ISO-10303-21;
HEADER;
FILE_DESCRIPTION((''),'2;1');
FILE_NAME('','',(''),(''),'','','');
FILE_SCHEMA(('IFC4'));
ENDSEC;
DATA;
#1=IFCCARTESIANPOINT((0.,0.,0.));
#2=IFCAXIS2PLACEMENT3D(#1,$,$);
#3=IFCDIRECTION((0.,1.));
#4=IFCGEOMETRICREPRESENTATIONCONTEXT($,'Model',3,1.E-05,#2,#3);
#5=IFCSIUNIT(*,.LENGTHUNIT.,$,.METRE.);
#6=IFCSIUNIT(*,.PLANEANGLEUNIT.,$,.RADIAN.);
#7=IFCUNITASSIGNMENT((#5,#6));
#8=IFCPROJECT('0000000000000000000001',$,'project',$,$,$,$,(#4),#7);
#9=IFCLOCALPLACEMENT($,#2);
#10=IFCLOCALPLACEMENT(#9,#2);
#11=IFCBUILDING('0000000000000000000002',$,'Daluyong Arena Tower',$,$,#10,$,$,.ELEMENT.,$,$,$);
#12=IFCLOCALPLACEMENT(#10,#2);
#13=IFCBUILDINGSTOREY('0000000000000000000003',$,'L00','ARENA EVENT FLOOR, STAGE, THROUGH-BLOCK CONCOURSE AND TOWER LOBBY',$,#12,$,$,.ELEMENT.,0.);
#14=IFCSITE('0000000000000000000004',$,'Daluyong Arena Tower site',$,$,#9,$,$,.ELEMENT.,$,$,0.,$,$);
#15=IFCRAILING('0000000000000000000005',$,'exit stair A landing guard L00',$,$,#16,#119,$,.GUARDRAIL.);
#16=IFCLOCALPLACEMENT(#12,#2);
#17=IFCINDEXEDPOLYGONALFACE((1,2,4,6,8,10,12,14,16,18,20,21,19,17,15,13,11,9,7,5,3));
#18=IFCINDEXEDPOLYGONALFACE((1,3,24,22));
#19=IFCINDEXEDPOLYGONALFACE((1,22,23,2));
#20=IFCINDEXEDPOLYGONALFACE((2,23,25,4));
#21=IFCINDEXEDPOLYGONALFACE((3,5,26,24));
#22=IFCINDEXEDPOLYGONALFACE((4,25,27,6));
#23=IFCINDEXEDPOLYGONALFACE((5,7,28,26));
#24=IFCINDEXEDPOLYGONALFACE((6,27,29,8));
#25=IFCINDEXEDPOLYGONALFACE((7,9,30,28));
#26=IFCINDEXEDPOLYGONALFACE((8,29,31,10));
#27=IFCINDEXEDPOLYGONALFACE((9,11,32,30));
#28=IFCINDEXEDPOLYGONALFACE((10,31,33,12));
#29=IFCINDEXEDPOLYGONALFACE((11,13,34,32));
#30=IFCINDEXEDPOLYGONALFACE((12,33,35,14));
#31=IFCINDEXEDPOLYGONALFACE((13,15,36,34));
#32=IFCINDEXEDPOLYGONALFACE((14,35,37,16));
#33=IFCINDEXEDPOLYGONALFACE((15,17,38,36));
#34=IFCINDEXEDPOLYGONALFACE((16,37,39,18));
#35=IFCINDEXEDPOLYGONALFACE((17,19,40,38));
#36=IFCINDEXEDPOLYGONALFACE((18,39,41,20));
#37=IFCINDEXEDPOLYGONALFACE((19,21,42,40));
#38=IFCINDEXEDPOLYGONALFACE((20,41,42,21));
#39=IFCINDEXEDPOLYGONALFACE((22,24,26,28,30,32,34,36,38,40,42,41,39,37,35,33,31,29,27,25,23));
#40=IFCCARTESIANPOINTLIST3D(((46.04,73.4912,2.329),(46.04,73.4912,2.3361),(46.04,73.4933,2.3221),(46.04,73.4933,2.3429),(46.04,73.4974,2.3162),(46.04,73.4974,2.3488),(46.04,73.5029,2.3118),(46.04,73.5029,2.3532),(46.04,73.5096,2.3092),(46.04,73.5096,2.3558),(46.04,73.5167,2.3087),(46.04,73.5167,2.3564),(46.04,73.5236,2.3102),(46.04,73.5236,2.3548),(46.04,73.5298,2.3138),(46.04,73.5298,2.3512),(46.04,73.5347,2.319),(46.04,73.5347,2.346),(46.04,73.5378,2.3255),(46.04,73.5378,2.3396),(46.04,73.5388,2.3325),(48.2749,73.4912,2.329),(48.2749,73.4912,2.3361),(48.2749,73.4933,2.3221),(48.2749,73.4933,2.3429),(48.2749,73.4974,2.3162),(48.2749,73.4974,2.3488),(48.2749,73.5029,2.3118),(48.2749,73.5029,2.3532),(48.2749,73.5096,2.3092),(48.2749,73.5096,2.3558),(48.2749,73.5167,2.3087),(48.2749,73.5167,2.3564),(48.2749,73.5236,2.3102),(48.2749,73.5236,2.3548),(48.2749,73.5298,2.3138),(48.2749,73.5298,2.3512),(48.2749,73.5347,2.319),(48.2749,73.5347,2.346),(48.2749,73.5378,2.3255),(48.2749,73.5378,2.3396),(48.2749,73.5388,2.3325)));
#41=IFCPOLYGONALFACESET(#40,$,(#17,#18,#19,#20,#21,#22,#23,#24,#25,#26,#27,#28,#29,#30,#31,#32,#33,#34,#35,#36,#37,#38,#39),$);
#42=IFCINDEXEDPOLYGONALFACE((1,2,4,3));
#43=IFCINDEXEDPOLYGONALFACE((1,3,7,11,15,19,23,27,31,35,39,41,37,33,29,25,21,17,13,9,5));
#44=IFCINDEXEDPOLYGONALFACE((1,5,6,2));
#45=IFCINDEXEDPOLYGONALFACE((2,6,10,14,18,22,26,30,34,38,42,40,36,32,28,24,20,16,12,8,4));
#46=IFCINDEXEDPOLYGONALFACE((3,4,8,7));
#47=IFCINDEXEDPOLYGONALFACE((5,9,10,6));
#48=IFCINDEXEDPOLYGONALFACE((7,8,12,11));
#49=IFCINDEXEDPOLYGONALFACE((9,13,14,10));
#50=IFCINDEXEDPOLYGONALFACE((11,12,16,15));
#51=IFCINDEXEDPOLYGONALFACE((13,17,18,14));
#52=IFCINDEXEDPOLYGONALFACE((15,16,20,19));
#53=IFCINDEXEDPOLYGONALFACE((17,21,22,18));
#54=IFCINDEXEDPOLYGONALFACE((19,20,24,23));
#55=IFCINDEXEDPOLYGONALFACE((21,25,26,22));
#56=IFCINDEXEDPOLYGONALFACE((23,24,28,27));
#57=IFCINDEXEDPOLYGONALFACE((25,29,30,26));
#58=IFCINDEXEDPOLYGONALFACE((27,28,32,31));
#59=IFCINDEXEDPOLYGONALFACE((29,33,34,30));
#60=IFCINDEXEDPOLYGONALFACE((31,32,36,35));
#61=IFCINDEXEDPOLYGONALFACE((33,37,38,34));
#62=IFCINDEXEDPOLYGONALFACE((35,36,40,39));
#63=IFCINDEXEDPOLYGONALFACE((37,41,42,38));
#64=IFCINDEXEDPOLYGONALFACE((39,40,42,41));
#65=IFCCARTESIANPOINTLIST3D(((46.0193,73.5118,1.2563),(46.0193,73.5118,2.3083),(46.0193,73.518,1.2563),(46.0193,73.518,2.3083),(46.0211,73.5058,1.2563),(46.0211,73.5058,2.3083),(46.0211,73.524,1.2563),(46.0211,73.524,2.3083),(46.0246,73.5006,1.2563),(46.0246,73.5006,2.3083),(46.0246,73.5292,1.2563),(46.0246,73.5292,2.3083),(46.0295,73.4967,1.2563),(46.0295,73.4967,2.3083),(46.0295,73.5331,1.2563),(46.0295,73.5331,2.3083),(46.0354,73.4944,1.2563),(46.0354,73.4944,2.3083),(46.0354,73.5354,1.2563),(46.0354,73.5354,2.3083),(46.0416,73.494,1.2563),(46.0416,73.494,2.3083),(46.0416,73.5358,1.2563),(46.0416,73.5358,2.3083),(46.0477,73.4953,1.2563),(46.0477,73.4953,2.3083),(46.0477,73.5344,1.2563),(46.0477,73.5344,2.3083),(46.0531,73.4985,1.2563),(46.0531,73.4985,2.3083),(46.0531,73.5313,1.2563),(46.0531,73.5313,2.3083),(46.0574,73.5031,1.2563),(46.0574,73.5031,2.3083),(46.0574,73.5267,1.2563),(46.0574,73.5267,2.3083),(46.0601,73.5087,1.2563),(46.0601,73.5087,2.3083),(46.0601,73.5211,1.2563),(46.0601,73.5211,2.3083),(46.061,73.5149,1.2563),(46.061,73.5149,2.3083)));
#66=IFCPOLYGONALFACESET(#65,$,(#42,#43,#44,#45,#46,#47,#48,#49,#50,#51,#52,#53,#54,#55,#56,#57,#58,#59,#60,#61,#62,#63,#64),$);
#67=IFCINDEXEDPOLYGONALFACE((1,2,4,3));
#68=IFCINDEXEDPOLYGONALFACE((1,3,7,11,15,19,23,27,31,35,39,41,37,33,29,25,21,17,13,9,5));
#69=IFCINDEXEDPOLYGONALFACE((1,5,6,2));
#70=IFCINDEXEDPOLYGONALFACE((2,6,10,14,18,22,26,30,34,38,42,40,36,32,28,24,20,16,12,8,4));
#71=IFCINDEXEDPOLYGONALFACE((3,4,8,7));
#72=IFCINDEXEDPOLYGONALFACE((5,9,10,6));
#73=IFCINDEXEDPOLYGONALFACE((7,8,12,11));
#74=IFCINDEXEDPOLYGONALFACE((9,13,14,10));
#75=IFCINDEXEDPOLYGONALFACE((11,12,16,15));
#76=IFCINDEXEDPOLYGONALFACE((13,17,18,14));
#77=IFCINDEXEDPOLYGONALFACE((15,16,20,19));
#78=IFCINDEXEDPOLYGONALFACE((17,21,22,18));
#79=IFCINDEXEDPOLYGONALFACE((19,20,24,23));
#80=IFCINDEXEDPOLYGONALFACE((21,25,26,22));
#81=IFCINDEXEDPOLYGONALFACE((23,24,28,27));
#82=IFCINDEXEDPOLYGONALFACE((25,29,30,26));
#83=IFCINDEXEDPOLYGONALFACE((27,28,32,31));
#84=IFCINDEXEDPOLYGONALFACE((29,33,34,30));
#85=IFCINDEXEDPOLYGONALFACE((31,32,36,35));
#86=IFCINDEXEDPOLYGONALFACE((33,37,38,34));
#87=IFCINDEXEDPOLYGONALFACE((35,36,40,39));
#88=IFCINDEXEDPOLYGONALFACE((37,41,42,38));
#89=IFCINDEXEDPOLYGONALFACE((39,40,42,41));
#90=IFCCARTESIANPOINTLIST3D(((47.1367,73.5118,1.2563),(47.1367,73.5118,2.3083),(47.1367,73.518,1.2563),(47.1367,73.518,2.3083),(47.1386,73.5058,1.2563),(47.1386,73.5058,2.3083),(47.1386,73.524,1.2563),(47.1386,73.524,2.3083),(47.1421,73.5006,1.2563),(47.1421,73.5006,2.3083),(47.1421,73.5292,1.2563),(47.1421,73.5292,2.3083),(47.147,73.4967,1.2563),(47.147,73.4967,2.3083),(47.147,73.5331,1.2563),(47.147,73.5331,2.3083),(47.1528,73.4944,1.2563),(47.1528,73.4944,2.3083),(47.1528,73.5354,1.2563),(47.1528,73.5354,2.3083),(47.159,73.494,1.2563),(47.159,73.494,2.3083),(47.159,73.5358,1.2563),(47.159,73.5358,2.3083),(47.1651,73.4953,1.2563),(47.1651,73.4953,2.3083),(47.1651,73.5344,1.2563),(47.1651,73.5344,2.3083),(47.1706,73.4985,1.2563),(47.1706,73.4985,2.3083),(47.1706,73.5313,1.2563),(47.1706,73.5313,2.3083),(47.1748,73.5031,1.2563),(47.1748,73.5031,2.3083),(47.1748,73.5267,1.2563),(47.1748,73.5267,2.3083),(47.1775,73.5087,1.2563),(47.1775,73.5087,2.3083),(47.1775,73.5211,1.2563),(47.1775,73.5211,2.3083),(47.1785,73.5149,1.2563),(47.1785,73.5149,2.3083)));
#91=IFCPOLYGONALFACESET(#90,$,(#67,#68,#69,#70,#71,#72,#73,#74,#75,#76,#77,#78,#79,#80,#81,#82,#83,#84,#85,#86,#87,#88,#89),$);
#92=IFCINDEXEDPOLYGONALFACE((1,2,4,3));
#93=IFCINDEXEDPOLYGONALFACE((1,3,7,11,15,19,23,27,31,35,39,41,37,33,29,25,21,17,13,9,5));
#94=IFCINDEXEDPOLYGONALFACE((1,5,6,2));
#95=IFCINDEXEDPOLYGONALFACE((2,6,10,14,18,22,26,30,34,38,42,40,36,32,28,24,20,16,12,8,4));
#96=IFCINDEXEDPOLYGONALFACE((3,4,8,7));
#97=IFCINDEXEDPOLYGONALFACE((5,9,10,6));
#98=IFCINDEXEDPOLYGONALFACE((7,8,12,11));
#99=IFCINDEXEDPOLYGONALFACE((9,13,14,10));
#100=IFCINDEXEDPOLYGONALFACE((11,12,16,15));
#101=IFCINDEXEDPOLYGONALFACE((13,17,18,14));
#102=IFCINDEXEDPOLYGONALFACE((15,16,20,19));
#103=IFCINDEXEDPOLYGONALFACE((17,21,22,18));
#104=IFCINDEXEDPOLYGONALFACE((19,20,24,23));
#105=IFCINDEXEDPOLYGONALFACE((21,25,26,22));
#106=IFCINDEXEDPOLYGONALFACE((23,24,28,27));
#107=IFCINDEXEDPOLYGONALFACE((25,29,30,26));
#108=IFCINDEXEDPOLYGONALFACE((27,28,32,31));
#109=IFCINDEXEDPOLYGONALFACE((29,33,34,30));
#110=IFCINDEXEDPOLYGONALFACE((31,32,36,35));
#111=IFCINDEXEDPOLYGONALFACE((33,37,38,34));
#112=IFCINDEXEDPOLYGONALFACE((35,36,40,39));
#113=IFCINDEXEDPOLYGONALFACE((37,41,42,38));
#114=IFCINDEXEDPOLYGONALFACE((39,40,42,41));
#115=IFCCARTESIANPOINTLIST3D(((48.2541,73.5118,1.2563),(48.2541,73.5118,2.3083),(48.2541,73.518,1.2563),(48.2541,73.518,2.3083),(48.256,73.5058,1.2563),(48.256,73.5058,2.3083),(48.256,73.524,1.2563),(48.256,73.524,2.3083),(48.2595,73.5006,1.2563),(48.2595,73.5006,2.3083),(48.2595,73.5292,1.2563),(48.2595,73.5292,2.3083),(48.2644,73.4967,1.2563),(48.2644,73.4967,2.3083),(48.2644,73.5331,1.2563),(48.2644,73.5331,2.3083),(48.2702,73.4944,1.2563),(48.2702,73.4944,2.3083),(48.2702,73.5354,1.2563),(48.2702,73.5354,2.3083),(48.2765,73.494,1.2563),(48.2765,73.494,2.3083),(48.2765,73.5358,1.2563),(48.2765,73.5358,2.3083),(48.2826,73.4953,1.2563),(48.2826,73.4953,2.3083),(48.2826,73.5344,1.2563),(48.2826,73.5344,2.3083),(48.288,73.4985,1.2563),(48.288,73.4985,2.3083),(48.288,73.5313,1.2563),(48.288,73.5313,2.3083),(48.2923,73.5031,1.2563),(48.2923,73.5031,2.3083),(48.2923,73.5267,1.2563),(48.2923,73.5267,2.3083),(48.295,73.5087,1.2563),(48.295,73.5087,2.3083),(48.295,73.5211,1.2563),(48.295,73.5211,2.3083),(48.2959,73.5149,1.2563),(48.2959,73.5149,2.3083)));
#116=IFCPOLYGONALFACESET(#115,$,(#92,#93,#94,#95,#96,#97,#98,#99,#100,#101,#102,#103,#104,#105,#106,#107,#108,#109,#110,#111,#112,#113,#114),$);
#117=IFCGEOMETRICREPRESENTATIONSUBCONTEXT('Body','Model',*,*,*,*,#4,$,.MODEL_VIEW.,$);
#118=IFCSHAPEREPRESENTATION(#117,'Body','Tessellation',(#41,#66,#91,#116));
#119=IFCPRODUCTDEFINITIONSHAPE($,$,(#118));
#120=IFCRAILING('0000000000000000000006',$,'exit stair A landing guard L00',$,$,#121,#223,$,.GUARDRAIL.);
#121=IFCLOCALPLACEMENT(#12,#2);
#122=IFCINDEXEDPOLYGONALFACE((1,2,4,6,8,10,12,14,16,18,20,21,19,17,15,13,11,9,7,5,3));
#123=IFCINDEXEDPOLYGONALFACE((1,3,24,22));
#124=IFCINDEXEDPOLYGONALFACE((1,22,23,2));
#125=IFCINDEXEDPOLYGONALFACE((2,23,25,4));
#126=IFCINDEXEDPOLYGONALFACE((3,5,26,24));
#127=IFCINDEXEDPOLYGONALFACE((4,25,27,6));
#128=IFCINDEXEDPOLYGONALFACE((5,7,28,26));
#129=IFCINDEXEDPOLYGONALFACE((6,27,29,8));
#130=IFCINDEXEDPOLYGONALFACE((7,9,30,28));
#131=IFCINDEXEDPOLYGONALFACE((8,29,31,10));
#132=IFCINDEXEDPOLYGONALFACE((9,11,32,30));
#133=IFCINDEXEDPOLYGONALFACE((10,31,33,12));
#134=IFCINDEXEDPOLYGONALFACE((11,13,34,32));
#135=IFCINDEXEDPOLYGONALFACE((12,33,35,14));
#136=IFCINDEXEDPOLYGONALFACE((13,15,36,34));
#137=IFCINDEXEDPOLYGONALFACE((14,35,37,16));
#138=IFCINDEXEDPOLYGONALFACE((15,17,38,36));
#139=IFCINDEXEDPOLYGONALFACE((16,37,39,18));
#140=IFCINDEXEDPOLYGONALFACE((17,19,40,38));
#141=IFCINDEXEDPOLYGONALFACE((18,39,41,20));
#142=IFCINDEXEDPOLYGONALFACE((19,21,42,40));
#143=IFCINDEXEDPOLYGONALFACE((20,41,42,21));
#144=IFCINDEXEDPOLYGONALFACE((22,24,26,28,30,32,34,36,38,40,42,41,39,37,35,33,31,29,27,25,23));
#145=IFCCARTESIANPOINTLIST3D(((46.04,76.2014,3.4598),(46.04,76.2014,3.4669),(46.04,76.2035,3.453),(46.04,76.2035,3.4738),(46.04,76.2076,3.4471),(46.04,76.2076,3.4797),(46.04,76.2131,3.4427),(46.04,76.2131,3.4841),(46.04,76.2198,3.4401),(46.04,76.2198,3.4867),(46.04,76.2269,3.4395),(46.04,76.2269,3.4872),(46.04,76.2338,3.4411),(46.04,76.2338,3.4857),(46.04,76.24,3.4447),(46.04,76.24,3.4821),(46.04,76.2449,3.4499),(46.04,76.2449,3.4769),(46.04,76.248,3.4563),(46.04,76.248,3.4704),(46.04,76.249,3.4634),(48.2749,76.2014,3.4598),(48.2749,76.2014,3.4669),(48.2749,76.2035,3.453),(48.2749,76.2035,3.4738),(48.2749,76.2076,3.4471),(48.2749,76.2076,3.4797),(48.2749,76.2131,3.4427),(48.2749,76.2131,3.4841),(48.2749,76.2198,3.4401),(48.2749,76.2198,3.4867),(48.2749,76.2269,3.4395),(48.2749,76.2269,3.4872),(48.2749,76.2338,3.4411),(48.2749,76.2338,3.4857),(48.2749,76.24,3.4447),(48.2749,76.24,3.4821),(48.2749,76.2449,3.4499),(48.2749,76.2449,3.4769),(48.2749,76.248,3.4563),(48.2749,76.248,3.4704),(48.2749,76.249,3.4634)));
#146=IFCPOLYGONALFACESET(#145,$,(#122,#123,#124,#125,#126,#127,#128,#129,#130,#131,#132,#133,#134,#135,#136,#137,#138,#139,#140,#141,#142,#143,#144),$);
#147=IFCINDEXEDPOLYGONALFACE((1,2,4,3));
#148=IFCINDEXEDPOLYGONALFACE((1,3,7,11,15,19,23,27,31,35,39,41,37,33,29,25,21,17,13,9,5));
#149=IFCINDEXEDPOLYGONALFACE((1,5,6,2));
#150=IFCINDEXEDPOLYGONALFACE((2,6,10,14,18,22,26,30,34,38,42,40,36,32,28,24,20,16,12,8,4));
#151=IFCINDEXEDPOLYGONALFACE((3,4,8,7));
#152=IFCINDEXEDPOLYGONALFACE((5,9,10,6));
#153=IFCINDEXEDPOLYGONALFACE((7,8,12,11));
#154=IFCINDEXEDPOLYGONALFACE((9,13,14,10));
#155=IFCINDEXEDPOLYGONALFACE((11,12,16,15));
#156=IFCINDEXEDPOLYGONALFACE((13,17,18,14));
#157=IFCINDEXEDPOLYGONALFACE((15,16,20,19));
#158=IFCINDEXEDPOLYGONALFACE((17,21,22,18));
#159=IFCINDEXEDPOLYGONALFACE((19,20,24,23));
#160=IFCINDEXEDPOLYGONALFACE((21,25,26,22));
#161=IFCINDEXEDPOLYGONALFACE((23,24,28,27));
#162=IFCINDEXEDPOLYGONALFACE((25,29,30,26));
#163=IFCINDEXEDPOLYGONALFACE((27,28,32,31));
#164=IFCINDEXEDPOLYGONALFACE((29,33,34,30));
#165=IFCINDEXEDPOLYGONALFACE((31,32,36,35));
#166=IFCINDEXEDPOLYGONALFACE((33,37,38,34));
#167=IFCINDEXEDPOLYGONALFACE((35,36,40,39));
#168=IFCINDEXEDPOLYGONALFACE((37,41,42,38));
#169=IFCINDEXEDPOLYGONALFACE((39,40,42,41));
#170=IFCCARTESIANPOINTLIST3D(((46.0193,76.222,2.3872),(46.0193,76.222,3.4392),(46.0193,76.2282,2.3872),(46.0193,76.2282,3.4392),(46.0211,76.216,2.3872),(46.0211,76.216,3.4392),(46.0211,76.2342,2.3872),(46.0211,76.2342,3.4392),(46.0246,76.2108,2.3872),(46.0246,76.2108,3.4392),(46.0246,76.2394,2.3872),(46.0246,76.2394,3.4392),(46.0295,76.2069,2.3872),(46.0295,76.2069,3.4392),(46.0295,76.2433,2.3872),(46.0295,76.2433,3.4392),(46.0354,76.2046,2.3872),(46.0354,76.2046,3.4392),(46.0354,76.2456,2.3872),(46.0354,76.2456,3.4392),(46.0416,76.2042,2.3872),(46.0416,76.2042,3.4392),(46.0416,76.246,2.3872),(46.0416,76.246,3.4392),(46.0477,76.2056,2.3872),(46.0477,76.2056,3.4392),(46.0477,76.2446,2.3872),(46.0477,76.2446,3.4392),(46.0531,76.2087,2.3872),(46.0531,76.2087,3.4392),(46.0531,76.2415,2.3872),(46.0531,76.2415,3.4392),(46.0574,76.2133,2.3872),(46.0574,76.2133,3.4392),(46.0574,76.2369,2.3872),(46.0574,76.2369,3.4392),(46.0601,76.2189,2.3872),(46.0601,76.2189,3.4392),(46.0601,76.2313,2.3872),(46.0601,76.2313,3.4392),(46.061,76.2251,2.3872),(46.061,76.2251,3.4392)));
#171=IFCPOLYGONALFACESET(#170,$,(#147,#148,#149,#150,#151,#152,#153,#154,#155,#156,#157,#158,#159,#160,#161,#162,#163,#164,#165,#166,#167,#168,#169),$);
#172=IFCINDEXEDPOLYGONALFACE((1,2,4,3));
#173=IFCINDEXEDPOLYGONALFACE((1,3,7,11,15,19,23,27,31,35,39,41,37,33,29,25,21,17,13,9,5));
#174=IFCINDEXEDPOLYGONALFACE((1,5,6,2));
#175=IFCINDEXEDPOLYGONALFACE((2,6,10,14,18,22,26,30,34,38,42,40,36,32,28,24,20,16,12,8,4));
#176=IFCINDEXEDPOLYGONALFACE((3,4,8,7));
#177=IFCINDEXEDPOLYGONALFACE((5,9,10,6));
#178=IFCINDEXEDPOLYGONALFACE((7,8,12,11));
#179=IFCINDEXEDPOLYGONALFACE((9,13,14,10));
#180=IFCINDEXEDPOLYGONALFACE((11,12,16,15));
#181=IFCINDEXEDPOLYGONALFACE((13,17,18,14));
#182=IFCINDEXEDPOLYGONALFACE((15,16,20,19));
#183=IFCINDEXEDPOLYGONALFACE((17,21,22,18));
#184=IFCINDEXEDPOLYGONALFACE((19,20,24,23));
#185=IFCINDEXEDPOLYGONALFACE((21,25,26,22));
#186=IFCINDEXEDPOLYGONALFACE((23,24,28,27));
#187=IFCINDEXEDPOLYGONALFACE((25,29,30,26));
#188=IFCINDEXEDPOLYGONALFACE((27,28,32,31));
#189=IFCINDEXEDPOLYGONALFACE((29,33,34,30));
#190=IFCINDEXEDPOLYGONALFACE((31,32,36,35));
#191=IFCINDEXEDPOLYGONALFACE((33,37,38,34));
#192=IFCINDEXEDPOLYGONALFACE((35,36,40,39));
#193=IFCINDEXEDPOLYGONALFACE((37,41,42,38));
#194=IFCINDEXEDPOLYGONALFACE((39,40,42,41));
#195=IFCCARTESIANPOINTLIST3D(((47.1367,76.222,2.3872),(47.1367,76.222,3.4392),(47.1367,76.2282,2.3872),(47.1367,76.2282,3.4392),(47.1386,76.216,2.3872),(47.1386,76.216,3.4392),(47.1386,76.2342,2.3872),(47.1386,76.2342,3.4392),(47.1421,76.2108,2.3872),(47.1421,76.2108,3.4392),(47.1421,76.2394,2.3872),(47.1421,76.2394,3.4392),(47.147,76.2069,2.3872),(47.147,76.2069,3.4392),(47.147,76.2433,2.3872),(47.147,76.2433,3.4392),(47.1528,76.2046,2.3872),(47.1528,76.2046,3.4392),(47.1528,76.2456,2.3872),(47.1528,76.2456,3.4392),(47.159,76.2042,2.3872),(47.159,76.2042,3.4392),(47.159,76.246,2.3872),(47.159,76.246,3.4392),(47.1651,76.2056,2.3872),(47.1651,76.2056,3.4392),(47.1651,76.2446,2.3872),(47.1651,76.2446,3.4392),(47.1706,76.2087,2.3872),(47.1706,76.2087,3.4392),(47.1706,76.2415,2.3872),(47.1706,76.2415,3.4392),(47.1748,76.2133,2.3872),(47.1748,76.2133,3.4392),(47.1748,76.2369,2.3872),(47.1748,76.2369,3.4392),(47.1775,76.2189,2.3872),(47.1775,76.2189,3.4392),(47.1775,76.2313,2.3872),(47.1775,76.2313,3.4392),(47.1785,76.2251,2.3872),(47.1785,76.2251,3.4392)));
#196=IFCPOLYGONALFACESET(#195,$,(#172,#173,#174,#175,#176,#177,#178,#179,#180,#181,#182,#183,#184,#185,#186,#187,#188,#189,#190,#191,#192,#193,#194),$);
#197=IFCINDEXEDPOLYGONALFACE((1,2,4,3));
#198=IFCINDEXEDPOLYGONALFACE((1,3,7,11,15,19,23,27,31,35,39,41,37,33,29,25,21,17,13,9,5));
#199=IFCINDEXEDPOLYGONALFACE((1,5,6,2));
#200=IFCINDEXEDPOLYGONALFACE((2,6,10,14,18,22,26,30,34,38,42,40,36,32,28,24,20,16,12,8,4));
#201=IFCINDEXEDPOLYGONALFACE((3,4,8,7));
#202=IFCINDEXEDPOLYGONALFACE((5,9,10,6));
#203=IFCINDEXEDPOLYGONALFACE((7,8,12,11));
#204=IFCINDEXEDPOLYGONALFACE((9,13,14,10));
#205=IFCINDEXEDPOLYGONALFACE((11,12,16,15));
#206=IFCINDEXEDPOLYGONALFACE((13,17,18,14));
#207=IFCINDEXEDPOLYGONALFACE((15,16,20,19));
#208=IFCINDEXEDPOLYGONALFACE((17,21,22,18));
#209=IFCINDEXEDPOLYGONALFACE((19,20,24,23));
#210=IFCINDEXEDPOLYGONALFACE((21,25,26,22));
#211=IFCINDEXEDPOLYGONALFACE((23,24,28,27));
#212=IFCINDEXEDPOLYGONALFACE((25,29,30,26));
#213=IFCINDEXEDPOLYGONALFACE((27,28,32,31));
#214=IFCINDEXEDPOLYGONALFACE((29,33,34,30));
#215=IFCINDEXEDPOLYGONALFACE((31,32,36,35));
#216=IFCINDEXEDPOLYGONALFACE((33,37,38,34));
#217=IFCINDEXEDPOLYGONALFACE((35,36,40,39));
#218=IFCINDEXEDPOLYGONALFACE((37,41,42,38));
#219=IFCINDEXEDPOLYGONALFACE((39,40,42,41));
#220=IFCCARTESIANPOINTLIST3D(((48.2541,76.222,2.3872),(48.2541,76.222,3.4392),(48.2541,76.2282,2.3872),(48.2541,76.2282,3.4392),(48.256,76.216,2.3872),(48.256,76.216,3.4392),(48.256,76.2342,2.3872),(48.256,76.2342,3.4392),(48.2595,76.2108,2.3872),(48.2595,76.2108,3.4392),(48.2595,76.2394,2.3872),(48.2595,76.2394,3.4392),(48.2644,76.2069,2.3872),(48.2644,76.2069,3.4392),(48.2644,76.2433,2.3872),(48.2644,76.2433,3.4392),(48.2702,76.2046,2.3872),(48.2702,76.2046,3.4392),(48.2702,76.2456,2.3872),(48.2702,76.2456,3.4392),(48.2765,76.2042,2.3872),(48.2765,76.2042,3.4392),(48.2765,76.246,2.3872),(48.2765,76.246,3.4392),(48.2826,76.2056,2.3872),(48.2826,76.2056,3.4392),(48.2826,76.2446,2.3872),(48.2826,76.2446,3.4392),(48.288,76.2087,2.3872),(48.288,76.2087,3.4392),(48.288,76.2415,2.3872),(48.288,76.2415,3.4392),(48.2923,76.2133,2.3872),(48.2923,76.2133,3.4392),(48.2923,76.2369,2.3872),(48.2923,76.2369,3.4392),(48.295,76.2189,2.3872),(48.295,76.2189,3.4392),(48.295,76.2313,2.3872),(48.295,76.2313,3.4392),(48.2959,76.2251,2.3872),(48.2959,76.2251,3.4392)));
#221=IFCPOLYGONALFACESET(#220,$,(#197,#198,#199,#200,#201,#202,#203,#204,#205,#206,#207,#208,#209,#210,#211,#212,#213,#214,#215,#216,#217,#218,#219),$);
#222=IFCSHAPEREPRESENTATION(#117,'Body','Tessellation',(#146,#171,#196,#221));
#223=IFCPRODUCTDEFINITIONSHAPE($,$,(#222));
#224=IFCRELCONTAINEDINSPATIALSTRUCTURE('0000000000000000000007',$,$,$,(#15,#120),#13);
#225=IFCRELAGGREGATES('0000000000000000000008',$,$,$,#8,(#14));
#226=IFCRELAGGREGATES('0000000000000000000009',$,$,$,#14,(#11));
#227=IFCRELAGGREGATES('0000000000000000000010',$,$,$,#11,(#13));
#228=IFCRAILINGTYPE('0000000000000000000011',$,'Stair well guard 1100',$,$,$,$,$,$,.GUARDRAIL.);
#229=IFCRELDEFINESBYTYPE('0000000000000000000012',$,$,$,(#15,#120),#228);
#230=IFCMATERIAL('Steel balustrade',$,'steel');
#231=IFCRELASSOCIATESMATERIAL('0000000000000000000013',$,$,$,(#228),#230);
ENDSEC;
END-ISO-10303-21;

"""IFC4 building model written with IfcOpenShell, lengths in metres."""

from ifc_helpers import new_model, si_unit, direction, frame, origin, origin_2d, place, context, subcontext, project, spatial, circle, extrude, material, type_object, element, save


model = new_model("IFC4")

# Units and contexts
model_context = context("Model", 3, precision=1e-05, world=origin(), true_north=direction((0.0, 1.0)))
body_context = subcontext(model_context, "Body", "Model", "MODEL_VIEW")
ifc_project = project(units=[si_unit("LENGTHUNIT", "METRE"), si_unit("PLANEANGLEUNIT", "RADIAN")], contexts=[model_context])

# Site, building, storey
site_placement = place(None, origin())
site = spatial("IfcSite", under=ifc_project, at=site_placement, Name="Daluyong Arena Tower site", CompositionType="ELEMENT", RefElevation=0.0)
building_placement = place(site_placement, origin())
building = spatial("IfcBuilding", under=site, at=building_placement, Name="Daluyong Arena Tower", CompositionType="ELEMENT")
storey_placement = place(building_placement, origin())
storey = spatial("IfcBuildingStorey", under=building, at=storey_placement, Name="L00", Description="ARENA EVENT FLOOR, STAGE, THROUGH-BLOCK CONCOURSE AND TOWER LOBBY", CompositionType="ELEMENT", Elevation=0.0)

# Railings
ifc_material_1 = material(Name="Steel balustrade", Category="steel")
railing_type_1 = type_object("IfcRailingType", Name="Stair well guard 1100", PredefinedType="GUARDRAIL", material=ifc_material_1)
for number, where, name in (
    (1, (46.04, 73.5149, 1.2563), "exit stair A landing guard L00"),
    (2, (46.04, 76.2251, 2.3872), "exit stair A landing guard L00"),
):
    element("IfcRailing", number, at=place(storey_placement, frame(where)), inside=storey, type_object=railing_type_1, Name=name, PredefinedType="GUARDRAIL", context=body_context, shape_type="SweptSolid", body=[
        extrude(circle(Radius=0.0239, at=origin_2d()), frame((0.0, 0.0, 1.0762), z_axis=(1.0, 0.0, 0.0), x_axis=(0.0, 1.0, 0.0)), (0.0, 0.0, 1.0), 2.2349),
        extrude(circle(Radius=0.021, at=origin_2d()), origin(), (0.0, 0.0, 1.0), 1.052),
        extrude(circle(Radius=0.021, at=origin_2d()), frame((1.1174, 0.0, 0.0)), (0.0, 0.0, 1.0), 1.052),
        extrude(circle(Radius=0.021, at=origin_2d()), frame((2.2349, 0.0, 0.0)), (0.0, 0.0, 1.0), 1.052),
    ])

save(model, "model.ifc")
